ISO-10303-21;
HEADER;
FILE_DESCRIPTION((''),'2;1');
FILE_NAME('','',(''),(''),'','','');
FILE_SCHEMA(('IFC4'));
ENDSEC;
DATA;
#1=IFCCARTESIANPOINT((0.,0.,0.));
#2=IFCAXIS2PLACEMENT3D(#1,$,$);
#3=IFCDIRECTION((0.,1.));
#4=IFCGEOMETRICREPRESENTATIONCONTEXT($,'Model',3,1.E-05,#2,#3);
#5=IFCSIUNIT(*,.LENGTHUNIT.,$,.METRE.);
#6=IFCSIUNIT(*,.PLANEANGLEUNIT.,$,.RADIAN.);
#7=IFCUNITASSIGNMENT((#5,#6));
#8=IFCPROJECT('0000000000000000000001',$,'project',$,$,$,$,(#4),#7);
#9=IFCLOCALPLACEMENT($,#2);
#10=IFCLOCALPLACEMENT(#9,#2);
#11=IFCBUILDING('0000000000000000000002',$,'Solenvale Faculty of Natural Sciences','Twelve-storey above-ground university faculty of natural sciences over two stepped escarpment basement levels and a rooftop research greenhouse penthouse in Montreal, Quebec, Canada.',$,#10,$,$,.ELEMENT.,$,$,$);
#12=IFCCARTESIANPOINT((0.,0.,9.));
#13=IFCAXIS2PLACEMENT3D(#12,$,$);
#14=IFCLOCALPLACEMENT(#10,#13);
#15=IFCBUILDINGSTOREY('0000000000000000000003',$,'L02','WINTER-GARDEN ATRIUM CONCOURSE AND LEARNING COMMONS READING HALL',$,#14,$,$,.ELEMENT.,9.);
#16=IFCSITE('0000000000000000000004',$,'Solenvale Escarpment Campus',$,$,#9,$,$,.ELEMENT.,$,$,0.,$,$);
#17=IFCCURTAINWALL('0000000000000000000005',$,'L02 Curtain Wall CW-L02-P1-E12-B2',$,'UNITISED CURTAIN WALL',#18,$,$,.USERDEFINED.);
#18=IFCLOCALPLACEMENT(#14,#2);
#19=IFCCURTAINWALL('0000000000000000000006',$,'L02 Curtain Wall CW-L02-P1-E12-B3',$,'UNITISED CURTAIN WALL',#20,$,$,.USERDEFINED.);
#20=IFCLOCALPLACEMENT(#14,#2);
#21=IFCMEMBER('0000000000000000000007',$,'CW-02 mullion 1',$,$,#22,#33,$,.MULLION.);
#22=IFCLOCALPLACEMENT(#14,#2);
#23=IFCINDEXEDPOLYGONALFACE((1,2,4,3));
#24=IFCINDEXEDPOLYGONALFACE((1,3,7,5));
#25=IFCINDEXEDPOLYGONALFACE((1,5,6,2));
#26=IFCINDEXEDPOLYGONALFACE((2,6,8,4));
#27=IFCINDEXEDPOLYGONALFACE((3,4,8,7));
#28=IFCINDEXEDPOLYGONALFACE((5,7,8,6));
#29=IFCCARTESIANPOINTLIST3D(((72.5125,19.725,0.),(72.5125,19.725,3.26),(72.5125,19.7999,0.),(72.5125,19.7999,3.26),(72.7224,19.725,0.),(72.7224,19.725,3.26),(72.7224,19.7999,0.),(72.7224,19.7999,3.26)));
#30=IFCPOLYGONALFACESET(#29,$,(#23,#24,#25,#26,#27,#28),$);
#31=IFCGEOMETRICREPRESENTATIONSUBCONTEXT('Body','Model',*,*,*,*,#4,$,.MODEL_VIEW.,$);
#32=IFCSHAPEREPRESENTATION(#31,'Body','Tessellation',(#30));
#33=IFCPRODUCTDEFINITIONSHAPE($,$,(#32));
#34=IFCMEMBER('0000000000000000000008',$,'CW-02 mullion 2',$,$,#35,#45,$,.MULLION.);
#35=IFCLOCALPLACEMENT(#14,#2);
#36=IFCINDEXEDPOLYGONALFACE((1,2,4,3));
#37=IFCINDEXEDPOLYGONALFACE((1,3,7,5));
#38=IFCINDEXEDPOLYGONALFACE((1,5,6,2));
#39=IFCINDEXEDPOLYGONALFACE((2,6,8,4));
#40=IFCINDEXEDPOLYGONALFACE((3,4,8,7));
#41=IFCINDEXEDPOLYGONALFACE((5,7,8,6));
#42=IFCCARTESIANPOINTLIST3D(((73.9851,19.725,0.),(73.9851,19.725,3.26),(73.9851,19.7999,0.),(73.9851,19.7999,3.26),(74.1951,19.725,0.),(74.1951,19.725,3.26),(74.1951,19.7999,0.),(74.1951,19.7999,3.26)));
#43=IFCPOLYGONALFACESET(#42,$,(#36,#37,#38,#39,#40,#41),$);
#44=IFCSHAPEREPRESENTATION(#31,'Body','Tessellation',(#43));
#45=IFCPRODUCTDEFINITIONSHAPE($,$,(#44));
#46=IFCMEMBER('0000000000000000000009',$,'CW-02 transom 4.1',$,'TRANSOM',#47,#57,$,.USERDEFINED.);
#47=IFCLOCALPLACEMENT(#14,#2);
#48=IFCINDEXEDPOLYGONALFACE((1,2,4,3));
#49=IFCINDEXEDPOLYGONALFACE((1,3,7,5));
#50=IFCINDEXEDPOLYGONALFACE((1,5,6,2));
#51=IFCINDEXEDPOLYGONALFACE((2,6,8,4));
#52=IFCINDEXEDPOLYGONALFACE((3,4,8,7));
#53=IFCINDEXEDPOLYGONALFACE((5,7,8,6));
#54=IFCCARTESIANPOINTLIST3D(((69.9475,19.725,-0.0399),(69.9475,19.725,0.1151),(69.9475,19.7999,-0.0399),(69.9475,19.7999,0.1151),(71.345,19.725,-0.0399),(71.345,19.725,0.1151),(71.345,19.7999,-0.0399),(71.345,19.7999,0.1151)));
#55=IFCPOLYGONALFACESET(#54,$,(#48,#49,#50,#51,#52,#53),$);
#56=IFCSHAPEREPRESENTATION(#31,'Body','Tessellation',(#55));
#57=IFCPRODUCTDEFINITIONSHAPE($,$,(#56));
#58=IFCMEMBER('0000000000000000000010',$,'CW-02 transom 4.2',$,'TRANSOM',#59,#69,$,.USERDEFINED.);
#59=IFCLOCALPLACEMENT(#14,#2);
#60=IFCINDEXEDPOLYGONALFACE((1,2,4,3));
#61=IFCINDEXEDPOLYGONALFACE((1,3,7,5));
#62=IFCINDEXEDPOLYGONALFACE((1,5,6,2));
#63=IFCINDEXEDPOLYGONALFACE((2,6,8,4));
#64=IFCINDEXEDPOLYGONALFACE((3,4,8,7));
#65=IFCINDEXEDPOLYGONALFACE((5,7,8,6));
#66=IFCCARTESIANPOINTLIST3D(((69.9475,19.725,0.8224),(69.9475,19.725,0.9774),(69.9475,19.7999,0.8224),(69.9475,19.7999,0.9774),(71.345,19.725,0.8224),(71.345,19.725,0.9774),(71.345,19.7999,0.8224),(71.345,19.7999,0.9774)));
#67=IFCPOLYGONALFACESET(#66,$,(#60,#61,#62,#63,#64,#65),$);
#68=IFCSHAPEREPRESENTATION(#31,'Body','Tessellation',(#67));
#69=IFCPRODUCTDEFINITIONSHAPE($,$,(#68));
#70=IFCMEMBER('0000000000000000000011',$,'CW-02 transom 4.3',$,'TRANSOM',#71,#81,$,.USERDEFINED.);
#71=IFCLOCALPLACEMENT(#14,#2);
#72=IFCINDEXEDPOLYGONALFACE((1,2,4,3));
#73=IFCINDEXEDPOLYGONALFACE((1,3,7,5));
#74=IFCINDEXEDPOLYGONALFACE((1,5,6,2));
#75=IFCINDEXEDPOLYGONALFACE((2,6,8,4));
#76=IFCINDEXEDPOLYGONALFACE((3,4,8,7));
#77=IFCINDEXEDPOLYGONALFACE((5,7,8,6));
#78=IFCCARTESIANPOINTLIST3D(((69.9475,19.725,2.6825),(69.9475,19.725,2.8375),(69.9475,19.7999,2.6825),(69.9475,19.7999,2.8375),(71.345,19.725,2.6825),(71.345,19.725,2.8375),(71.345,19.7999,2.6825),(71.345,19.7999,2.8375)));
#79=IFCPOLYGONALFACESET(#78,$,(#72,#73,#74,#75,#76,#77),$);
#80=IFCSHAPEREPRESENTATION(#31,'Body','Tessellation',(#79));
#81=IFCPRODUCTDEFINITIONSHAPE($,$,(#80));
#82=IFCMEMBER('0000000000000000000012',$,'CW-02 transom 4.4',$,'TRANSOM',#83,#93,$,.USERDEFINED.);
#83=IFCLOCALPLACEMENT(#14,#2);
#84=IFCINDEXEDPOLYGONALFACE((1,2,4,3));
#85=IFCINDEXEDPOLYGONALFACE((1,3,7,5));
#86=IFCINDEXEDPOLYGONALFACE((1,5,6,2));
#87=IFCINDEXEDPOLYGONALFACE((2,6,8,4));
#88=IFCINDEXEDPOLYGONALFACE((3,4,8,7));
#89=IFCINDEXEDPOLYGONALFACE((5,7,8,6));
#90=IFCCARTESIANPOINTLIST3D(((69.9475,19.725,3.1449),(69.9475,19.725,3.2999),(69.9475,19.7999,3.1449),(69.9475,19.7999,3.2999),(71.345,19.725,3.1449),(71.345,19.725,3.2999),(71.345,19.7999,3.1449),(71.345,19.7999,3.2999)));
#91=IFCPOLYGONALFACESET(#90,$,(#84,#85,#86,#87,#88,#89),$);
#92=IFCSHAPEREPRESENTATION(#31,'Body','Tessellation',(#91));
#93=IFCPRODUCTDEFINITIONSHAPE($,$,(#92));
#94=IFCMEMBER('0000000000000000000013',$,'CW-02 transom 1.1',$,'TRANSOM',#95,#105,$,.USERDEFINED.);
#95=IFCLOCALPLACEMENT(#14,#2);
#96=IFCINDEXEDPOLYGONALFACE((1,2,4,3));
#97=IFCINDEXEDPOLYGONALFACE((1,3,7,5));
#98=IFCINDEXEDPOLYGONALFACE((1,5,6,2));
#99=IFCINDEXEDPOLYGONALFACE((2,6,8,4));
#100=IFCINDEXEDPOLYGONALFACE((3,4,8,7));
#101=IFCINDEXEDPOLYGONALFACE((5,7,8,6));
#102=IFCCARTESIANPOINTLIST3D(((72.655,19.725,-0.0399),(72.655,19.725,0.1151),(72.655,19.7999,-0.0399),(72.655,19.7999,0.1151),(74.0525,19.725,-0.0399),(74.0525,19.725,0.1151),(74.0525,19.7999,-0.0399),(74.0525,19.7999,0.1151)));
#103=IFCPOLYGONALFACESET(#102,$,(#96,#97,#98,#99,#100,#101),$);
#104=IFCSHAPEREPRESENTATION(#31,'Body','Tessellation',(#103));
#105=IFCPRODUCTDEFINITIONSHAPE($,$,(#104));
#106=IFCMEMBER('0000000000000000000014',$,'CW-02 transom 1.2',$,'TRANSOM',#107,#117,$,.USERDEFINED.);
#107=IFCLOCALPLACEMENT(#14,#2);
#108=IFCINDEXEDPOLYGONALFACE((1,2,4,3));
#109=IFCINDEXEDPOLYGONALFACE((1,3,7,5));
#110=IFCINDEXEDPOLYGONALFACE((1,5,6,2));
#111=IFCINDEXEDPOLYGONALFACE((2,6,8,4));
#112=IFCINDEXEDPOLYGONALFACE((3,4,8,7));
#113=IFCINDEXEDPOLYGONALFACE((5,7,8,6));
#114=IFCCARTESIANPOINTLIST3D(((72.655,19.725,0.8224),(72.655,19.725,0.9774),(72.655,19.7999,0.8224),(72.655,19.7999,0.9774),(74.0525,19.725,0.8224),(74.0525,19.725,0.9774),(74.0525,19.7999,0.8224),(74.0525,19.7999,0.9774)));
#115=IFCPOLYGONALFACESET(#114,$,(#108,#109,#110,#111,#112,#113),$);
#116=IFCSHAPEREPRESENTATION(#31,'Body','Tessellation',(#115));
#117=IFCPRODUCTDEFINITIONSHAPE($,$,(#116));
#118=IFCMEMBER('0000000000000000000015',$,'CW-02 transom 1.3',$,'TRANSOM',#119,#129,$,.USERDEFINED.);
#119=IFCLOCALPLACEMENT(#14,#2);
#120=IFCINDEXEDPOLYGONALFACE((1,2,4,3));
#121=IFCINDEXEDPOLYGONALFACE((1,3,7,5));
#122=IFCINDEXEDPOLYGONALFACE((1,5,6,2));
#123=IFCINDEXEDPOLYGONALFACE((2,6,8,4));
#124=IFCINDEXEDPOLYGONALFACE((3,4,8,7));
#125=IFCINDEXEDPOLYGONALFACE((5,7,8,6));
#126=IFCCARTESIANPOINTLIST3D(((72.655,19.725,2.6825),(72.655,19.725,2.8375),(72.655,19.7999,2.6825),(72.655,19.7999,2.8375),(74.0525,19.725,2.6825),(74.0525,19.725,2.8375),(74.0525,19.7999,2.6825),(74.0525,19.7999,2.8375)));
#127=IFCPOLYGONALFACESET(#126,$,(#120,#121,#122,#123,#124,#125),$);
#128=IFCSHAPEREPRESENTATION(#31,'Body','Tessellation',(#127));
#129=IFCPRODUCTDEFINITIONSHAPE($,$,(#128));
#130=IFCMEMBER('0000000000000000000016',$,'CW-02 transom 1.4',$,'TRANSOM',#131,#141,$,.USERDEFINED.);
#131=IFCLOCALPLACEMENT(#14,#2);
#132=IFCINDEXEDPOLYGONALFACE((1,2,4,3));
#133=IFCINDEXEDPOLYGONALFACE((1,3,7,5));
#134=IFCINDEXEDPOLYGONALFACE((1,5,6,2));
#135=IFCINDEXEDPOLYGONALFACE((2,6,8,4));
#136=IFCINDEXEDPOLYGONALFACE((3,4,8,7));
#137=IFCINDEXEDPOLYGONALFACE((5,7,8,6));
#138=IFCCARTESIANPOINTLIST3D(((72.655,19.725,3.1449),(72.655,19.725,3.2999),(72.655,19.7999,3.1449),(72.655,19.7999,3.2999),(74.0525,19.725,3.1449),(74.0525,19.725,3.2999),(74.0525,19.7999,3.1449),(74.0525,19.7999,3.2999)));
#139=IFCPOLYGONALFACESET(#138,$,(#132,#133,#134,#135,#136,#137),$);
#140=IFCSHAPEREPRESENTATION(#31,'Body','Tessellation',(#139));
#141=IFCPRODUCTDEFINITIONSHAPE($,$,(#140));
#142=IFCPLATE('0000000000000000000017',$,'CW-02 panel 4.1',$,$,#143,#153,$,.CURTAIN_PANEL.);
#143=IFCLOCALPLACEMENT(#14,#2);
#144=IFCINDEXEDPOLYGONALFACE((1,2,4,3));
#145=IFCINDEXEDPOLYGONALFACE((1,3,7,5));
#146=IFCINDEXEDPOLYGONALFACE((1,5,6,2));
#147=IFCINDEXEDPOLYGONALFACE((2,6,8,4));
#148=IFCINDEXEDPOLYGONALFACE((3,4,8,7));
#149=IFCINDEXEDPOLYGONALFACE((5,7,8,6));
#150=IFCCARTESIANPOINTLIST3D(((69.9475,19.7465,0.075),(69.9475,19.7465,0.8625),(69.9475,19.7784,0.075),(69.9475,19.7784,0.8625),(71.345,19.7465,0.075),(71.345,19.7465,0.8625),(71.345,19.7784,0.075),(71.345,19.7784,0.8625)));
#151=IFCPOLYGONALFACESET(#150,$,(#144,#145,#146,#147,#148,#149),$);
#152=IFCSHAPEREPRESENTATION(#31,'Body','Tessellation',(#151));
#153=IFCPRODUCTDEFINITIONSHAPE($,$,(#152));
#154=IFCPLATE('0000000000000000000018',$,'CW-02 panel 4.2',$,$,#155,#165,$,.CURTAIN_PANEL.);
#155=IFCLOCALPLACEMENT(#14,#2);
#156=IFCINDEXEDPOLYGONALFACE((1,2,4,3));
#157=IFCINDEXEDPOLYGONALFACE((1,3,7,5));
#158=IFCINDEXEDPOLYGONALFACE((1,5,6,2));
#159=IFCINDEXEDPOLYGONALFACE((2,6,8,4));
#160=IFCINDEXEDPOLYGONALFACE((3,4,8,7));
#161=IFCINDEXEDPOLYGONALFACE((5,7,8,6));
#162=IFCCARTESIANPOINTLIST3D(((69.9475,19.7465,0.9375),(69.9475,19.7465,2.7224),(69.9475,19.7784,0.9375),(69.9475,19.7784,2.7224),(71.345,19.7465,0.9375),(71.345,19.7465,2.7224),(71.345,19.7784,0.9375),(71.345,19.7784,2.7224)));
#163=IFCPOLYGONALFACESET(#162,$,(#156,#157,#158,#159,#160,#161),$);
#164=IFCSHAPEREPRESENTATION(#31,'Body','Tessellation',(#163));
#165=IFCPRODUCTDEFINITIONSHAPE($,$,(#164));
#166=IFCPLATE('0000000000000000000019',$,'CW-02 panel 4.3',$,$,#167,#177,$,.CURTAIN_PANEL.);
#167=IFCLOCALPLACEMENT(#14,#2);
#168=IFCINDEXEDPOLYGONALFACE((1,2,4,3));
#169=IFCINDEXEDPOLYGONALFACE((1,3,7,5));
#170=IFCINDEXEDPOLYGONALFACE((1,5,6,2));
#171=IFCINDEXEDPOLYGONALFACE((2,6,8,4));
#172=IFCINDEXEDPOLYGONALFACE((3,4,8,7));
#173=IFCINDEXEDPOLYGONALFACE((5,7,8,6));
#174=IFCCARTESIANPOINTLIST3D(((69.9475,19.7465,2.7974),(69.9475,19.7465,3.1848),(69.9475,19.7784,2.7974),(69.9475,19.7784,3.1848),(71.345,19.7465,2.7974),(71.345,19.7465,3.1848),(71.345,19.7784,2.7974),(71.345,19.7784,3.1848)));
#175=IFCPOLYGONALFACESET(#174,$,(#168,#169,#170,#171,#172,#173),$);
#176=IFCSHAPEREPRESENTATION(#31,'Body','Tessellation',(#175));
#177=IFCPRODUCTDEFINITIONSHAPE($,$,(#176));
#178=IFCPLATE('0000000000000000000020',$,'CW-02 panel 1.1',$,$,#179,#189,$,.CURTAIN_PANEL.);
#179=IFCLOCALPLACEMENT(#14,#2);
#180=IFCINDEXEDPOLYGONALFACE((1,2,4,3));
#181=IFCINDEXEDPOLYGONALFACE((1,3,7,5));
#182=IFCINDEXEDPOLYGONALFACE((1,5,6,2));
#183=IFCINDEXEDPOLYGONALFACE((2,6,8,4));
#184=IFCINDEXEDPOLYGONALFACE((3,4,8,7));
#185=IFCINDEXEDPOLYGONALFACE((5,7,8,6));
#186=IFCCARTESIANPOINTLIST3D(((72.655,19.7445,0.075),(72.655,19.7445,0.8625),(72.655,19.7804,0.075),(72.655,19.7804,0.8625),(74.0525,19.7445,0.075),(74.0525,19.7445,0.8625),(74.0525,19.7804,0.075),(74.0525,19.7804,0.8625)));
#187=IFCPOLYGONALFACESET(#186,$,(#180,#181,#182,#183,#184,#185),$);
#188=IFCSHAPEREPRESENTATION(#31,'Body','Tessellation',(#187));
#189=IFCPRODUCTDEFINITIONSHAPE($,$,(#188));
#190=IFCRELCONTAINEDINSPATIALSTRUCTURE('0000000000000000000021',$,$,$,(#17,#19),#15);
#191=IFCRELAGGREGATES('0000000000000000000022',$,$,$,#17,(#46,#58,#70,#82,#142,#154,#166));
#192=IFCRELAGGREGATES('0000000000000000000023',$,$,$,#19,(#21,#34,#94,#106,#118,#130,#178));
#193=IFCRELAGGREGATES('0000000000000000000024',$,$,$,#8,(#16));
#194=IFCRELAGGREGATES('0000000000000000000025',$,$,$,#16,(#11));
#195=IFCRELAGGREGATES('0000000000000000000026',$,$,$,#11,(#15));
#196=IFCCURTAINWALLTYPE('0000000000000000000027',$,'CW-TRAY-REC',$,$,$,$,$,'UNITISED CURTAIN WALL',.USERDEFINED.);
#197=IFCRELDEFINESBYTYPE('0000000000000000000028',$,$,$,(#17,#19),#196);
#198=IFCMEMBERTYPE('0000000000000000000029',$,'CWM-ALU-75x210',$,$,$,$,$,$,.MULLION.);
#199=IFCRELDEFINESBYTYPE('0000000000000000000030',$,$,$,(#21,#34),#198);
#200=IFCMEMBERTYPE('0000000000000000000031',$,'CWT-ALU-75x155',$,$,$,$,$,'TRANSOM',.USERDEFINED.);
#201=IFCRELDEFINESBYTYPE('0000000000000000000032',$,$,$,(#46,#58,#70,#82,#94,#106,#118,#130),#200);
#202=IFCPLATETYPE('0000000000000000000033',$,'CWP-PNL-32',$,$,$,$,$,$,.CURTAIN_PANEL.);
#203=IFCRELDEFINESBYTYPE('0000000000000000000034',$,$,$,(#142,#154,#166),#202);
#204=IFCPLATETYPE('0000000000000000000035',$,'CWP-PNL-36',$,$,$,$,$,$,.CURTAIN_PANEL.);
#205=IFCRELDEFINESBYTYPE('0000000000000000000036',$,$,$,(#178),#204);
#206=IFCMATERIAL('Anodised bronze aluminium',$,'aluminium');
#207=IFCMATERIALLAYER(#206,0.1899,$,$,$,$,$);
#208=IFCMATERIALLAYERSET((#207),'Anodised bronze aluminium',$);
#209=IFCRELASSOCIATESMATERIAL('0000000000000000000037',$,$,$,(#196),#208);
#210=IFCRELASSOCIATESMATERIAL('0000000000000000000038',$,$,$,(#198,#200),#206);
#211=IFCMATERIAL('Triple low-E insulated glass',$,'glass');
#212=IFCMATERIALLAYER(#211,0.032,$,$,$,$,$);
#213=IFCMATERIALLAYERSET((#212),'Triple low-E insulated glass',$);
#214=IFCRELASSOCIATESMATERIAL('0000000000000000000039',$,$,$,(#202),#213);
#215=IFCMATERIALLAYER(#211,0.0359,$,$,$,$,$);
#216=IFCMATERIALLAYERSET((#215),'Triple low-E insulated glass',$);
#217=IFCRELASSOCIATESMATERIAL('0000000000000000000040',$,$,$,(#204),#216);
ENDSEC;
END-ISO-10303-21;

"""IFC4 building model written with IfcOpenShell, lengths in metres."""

from ifc_helpers import new_model, si_unit, direction, frame, origin, origin_2d, place, context, subcontext, project, spatial, rectangle, extrude, material, layer, layer_set, material_profile, profile_set, type_object, element, aggregate, save


model = new_model("IFC4")

# Units and contexts
model_context = context("Model", 3, precision=1e-05, world=origin(), true_north=direction((0.0, 1.0)))
body_context = subcontext(model_context, "Body", "Model", "MODEL_VIEW")
ifc_project = project(units=[si_unit("LENGTHUNIT", "METRE"), si_unit("PLANEANGLEUNIT", "RADIAN")], contexts=[model_context])

# Site, building, storey
site_placement = place(None, origin())
site = spatial("IfcSite", under=ifc_project, at=site_placement, Name="Solenvale Escarpment Campus", CompositionType="ELEMENT", RefElevation=0.0)
building_placement = place(site_placement, origin())
building = spatial("IfcBuilding", under=site, at=building_placement, Name="Solenvale Faculty of Natural Sciences", Description="Twelve-storey above-ground university faculty of natural sciences over two stepped escarpment basement levels and a rooftop research greenhouse penthouse in Montreal, Quebec, Canada.", CompositionType="ELEMENT")
storey_placement = place(building_placement, frame((0.0, 0.0, 9.0)))
storey = spatial("IfcBuildingStorey", under=building, at=storey_placement, Name="L02", Description="WINTER-GARDEN ATRIUM CONCOURSE AND LEARNING COMMONS READING HALL", CompositionType="ELEMENT", Elevation=9.0)

# Curtain walls, members
ifc_material_1 = material(Name="Anodised bronze aluminium", Category="aluminium")
ifc_layer_1 = layer(ifc_material_1, 0.1899)
ifc_layer_set_1 = layer_set([ifc_layer_1], Name="Anodised bronze aluminium")
curtain_wall_type = type_object("IfcCurtainWallType", Name="CW-TRAY-REC", ElementType="UNITISED CURTAIN WALL", PredefinedType="USERDEFINED", material=ifc_layer_set_1)
curtain_wall_1_placement = place(storey_placement, origin())
curtain_wall_1 = element("IfcCurtainWall", 1, at=curtain_wall_1_placement, inside=storey, type_object=curtain_wall_type, Name="L02 Curtain Wall CW-L02-P1-E12-B2", ObjectType="UNITISED CURTAIN WALL", PredefinedType="USERDEFINED")
ifc_material_profile_1 = material_profile(ifc_material_1, rectangle(XDim=0.075, YDim=0.21, at=origin_2d()), Name="ALU-MUL-75x210")
ifc_profile_set_1 = profile_set([ifc_material_profile_1], Name="Anodised bronze aluminium")
member_type_1 = type_object("IfcMemberType", Name="CWM-ALU-75x210", PredefinedType="MULLION", material=ifc_profile_set_1)
curtain_wall_2_placement = place(storey_placement, origin())
curtain_wall_2 = element("IfcCurtainWall", 2, at=curtain_wall_2_placement, inside=storey, type_object=curtain_wall_type, Name="L02 Curtain Wall CW-L02-P1-E12-B3", ObjectType="UNITISED CURTAIN WALL", PredefinedType="USERDEFINED")
member_1_placement = place(storey_placement, frame((72.6174, 19.7625, 0.0), z_axis=(0.0, 0.0, 1.0), x_axis=(0.0, 1.0, 0.0)))
member_1 = element("IfcMember", 3, at=member_1_placement, type_object=member_type_1, Name="CW-02 mullion 1", PredefinedType="MULLION", context=body_context, shape_type="SweptSolid", body=[
    extrude(rectangle(XDim=0.075, YDim=0.21, at=origin_2d()), origin(), (0.0, 0.0, 1.0), 3.26),
])
member_2_placement = place(storey_placement, frame((74.0901, 19.7625, 0.0), z_axis=(0.0, 0.0, 1.0), x_axis=(0.0, 1.0, 0.0)))
member_2 = element("IfcMember", 4, at=member_2_placement, type_object=member_type_1, Name="CW-02 mullion 2", PredefinedType="MULLION", context=body_context, shape_type="SweptSolid", body=[
    extrude(rectangle(XDim=0.075, YDim=0.21, at=origin_2d()), origin(), (0.0, 0.0, 1.0), 3.26),
])

# Members
ifc_material_profile_2 = material_profile(ifc_material_1, rectangle(XDim=0.075, YDim=0.155, at=origin_2d()), Name="ALU-TRN-75x155")
ifc_profile_set_2 = profile_set([ifc_material_profile_2], Name="Anodised bronze aluminium")
member_type_2 = type_object("IfcMemberType", Name="CWT-ALU-75x155", ElementType="TRANSOM", PredefinedType="USERDEFINED", material=ifc_profile_set_2)
member_3_placement = place(storey_placement, frame((69.9475, 19.7625, 0.0376), z_axis=(1.0, 0.0, 0.0), x_axis=(0.0, 1.0, 0.0)))
member_3 = element("IfcMember", 5, at=member_3_placement, type_object=member_type_2, Name="CW-02 transom 4.1", ObjectType="TRANSOM", PredefinedType="USERDEFINED", context=body_context, shape_type="SweptSolid", body=[
    extrude(rectangle(XDim=0.075, YDim=0.155, at=origin_2d()), origin(), (0.0, 0.0, 1.0), 1.3975),
])
member_4_placement = place(storey_placement, frame((69.9475, 19.7625, 0.8999), z_axis=(1.0, 0.0, 0.0), x_axis=(0.0, 1.0, 0.0)))
member_4 = element("IfcMember", 6, at=member_4_placement, type_object=member_type_2, Name="CW-02 transom 4.2", ObjectType="TRANSOM", PredefinedType="USERDEFINED", context=body_context, shape_type="SweptSolid", body=[
    extrude(rectangle(XDim=0.075, YDim=0.155, at=origin_2d()), origin(), (0.0, 0.0, 1.0), 1.3975),
])
member_5_placement = place(storey_placement, frame((69.9475, 19.7625, 2.76), z_axis=(1.0, 0.0, 0.0), x_axis=(0.0, 1.0, 0.0)))
member_5 = element("IfcMember", 7, at=member_5_placement, type_object=member_type_2, Name="CW-02 transom 4.3", ObjectType="TRANSOM", PredefinedType="USERDEFINED", context=body_context, shape_type="SweptSolid", body=[
    extrude(rectangle(XDim=0.075, YDim=0.155, at=origin_2d()), origin(), (0.0, 0.0, 1.0), 1.3975),
])
member_6_placement = place(storey_placement, frame((69.9475, 19.7625, 3.2224), z_axis=(1.0, 0.0, 0.0), x_axis=(0.0, 1.0, 0.0)))
member_6 = element("IfcMember", 8, at=member_6_placement, type_object=member_type_2, Name="CW-02 transom 4.4", ObjectType="TRANSOM", PredefinedType="USERDEFINED", context=body_context, shape_type="SweptSolid", body=[
    extrude(rectangle(XDim=0.075, YDim=0.155, at=origin_2d()), origin(), (0.0, 0.0, 1.0), 1.3975),
])
member_7_placement = place(storey_placement, frame((72.655, 19.7625, 0.0376), z_axis=(1.0, 0.0, 0.0), x_axis=(0.0, 1.0, 0.0)))
member_7 = element("IfcMember", 9, at=member_7_placement, type_object=member_type_2, Name="CW-02 transom 1.1", ObjectType="TRANSOM", PredefinedType="USERDEFINED", context=body_context, shape_type="SweptSolid", body=[
    extrude(rectangle(XDim=0.075, YDim=0.155, at=origin_2d()), origin(), (0.0, 0.0, 1.0), 1.3975),
])
member_8_placement = place(storey_placement, frame((72.655, 19.7625, 0.8999), z_axis=(1.0, 0.0, 0.0), x_axis=(0.0, 1.0, 0.0)))
member_8 = element("IfcMember", 10, at=member_8_placement, type_object=member_type_2, Name="CW-02 transom 1.2", ObjectType="TRANSOM", PredefinedType="USERDEFINED", context=body_context, shape_type="SweptSolid", body=[
    extrude(rectangle(XDim=0.075, YDim=0.155, at=origin_2d()), origin(), (0.0, 0.0, 1.0), 1.3975),
])
member_9_placement = place(storey_placement, frame((72.655, 19.7625, 2.76), z_axis=(1.0, 0.0, 0.0), x_axis=(0.0, 1.0, 0.0)))
member_9 = element("IfcMember", 11, at=member_9_placement, type_object=member_type_2, Name="CW-02 transom 1.3", ObjectType="TRANSOM", PredefinedType="USERDEFINED", context=body_context, shape_type="SweptSolid", body=[
    extrude(rectangle(XDim=0.075, YDim=0.155, at=origin_2d()), origin(), (0.0, 0.0, 1.0), 1.3975),
])
member_10_placement = place(storey_placement, frame((72.655, 19.7625, 3.2224), z_axis=(1.0, 0.0, 0.0), x_axis=(0.0, 1.0, 0.0)))
member_10 = element("IfcMember", 12, at=member_10_placement, type_object=member_type_2, Name="CW-02 transom 1.4", ObjectType="TRANSOM", PredefinedType="USERDEFINED", context=body_context, shape_type="SweptSolid", body=[
    extrude(rectangle(XDim=0.075, YDim=0.155, at=origin_2d()), origin(), (0.0, 0.0, 1.0), 1.3975),
])

# Plates
ifc_material_2 = material(Name="Triple low-E insulated glass", Category="glass")
ifc_layer_2 = layer(ifc_material_2, 0.032)
ifc_layer_set_2 = layer_set([ifc_layer_2], Name="Triple low-E insulated glass")
plate_type_1 = type_object("IfcPlateType", Name="CWP-PNL-32", PredefinedType="CURTAIN_PANEL", material=ifc_layer_set_2)
plate_1_placement = place(storey_placement, frame((70.6462, 19.7625, 0.075), z_axis=(0.0, 0.0, 1.0), x_axis=(1.0, 0.0, 0.0)))
plate_1 = element("IfcPlate", 13, at=plate_1_placement, type_object=plate_type_1, Name="CW-02 panel 4.1", PredefinedType="CURTAIN_PANEL", context=body_context, shape_type="SweptSolid", body=[
    extrude(rectangle(XDim=1.3975, YDim=0.032, at=origin_2d()), origin(), (0.0, 0.0, 1.0), 0.7876),
])
plate_2_placement = place(storey_placement, frame((70.6462, 19.7625, 0.9375), z_axis=(0.0, 0.0, 1.0), x_axis=(1.0, 0.0, 0.0)))
plate_2 = element("IfcPlate", 14, at=plate_2_placement, type_object=plate_type_1, Name="CW-02 panel 4.2", PredefinedType="CURTAIN_PANEL", context=body_context, shape_type="SweptSolid", body=[
    extrude(rectangle(XDim=1.3975, YDim=0.032, at=origin_2d()), origin(), (0.0, 0.0, 1.0), 1.7849),
])
plate_3_placement = place(storey_placement, frame((70.6462, 19.7625, 2.7974), z_axis=(0.0, 0.0, 1.0), x_axis=(1.0, 0.0, 0.0)))
plate_3 = element("IfcPlate", 15, at=plate_3_placement, type_object=plate_type_1, Name="CW-02 panel 4.3", PredefinedType="CURTAIN_PANEL", context=body_context, shape_type="SweptSolid", body=[
    extrude(rectangle(XDim=1.3975, YDim=0.032, at=origin_2d()), origin(), (0.0, 0.0, 1.0), 0.3875),
])
aggregate(curtain_wall_1, [member_3, member_4, member_5, member_6, plate_1, plate_2, plate_3])
ifc_layer_3 = layer(ifc_material_2, 0.0359)
ifc_layer_set_3 = layer_set([ifc_layer_3], Name="Triple low-E insulated glass")
plate_type_2 = type_object("IfcPlateType", Name="CWP-PNL-36", PredefinedType="CURTAIN_PANEL", material=ifc_layer_set_3)
plate_4_placement = place(storey_placement, frame((73.3538, 19.7625, 0.075), z_axis=(0.0, 0.0, 1.0), x_axis=(1.0, 0.0, 0.0)))
plate_4 = element("IfcPlate", 16, at=plate_4_placement, type_object=plate_type_2, Name="CW-02 panel 1.1", PredefinedType="CURTAIN_PANEL", context=body_context, shape_type="SweptSolid", body=[
    extrude(rectangle(XDim=1.3975, YDim=0.0359, at=origin_2d()), origin(), (0.0, 0.0, 1.0), 0.7876),
])
aggregate(curtain_wall_2, [member_1, member_2, member_7, member_8, member_9, member_10, plate_4])

save(model, "model.ifc")
